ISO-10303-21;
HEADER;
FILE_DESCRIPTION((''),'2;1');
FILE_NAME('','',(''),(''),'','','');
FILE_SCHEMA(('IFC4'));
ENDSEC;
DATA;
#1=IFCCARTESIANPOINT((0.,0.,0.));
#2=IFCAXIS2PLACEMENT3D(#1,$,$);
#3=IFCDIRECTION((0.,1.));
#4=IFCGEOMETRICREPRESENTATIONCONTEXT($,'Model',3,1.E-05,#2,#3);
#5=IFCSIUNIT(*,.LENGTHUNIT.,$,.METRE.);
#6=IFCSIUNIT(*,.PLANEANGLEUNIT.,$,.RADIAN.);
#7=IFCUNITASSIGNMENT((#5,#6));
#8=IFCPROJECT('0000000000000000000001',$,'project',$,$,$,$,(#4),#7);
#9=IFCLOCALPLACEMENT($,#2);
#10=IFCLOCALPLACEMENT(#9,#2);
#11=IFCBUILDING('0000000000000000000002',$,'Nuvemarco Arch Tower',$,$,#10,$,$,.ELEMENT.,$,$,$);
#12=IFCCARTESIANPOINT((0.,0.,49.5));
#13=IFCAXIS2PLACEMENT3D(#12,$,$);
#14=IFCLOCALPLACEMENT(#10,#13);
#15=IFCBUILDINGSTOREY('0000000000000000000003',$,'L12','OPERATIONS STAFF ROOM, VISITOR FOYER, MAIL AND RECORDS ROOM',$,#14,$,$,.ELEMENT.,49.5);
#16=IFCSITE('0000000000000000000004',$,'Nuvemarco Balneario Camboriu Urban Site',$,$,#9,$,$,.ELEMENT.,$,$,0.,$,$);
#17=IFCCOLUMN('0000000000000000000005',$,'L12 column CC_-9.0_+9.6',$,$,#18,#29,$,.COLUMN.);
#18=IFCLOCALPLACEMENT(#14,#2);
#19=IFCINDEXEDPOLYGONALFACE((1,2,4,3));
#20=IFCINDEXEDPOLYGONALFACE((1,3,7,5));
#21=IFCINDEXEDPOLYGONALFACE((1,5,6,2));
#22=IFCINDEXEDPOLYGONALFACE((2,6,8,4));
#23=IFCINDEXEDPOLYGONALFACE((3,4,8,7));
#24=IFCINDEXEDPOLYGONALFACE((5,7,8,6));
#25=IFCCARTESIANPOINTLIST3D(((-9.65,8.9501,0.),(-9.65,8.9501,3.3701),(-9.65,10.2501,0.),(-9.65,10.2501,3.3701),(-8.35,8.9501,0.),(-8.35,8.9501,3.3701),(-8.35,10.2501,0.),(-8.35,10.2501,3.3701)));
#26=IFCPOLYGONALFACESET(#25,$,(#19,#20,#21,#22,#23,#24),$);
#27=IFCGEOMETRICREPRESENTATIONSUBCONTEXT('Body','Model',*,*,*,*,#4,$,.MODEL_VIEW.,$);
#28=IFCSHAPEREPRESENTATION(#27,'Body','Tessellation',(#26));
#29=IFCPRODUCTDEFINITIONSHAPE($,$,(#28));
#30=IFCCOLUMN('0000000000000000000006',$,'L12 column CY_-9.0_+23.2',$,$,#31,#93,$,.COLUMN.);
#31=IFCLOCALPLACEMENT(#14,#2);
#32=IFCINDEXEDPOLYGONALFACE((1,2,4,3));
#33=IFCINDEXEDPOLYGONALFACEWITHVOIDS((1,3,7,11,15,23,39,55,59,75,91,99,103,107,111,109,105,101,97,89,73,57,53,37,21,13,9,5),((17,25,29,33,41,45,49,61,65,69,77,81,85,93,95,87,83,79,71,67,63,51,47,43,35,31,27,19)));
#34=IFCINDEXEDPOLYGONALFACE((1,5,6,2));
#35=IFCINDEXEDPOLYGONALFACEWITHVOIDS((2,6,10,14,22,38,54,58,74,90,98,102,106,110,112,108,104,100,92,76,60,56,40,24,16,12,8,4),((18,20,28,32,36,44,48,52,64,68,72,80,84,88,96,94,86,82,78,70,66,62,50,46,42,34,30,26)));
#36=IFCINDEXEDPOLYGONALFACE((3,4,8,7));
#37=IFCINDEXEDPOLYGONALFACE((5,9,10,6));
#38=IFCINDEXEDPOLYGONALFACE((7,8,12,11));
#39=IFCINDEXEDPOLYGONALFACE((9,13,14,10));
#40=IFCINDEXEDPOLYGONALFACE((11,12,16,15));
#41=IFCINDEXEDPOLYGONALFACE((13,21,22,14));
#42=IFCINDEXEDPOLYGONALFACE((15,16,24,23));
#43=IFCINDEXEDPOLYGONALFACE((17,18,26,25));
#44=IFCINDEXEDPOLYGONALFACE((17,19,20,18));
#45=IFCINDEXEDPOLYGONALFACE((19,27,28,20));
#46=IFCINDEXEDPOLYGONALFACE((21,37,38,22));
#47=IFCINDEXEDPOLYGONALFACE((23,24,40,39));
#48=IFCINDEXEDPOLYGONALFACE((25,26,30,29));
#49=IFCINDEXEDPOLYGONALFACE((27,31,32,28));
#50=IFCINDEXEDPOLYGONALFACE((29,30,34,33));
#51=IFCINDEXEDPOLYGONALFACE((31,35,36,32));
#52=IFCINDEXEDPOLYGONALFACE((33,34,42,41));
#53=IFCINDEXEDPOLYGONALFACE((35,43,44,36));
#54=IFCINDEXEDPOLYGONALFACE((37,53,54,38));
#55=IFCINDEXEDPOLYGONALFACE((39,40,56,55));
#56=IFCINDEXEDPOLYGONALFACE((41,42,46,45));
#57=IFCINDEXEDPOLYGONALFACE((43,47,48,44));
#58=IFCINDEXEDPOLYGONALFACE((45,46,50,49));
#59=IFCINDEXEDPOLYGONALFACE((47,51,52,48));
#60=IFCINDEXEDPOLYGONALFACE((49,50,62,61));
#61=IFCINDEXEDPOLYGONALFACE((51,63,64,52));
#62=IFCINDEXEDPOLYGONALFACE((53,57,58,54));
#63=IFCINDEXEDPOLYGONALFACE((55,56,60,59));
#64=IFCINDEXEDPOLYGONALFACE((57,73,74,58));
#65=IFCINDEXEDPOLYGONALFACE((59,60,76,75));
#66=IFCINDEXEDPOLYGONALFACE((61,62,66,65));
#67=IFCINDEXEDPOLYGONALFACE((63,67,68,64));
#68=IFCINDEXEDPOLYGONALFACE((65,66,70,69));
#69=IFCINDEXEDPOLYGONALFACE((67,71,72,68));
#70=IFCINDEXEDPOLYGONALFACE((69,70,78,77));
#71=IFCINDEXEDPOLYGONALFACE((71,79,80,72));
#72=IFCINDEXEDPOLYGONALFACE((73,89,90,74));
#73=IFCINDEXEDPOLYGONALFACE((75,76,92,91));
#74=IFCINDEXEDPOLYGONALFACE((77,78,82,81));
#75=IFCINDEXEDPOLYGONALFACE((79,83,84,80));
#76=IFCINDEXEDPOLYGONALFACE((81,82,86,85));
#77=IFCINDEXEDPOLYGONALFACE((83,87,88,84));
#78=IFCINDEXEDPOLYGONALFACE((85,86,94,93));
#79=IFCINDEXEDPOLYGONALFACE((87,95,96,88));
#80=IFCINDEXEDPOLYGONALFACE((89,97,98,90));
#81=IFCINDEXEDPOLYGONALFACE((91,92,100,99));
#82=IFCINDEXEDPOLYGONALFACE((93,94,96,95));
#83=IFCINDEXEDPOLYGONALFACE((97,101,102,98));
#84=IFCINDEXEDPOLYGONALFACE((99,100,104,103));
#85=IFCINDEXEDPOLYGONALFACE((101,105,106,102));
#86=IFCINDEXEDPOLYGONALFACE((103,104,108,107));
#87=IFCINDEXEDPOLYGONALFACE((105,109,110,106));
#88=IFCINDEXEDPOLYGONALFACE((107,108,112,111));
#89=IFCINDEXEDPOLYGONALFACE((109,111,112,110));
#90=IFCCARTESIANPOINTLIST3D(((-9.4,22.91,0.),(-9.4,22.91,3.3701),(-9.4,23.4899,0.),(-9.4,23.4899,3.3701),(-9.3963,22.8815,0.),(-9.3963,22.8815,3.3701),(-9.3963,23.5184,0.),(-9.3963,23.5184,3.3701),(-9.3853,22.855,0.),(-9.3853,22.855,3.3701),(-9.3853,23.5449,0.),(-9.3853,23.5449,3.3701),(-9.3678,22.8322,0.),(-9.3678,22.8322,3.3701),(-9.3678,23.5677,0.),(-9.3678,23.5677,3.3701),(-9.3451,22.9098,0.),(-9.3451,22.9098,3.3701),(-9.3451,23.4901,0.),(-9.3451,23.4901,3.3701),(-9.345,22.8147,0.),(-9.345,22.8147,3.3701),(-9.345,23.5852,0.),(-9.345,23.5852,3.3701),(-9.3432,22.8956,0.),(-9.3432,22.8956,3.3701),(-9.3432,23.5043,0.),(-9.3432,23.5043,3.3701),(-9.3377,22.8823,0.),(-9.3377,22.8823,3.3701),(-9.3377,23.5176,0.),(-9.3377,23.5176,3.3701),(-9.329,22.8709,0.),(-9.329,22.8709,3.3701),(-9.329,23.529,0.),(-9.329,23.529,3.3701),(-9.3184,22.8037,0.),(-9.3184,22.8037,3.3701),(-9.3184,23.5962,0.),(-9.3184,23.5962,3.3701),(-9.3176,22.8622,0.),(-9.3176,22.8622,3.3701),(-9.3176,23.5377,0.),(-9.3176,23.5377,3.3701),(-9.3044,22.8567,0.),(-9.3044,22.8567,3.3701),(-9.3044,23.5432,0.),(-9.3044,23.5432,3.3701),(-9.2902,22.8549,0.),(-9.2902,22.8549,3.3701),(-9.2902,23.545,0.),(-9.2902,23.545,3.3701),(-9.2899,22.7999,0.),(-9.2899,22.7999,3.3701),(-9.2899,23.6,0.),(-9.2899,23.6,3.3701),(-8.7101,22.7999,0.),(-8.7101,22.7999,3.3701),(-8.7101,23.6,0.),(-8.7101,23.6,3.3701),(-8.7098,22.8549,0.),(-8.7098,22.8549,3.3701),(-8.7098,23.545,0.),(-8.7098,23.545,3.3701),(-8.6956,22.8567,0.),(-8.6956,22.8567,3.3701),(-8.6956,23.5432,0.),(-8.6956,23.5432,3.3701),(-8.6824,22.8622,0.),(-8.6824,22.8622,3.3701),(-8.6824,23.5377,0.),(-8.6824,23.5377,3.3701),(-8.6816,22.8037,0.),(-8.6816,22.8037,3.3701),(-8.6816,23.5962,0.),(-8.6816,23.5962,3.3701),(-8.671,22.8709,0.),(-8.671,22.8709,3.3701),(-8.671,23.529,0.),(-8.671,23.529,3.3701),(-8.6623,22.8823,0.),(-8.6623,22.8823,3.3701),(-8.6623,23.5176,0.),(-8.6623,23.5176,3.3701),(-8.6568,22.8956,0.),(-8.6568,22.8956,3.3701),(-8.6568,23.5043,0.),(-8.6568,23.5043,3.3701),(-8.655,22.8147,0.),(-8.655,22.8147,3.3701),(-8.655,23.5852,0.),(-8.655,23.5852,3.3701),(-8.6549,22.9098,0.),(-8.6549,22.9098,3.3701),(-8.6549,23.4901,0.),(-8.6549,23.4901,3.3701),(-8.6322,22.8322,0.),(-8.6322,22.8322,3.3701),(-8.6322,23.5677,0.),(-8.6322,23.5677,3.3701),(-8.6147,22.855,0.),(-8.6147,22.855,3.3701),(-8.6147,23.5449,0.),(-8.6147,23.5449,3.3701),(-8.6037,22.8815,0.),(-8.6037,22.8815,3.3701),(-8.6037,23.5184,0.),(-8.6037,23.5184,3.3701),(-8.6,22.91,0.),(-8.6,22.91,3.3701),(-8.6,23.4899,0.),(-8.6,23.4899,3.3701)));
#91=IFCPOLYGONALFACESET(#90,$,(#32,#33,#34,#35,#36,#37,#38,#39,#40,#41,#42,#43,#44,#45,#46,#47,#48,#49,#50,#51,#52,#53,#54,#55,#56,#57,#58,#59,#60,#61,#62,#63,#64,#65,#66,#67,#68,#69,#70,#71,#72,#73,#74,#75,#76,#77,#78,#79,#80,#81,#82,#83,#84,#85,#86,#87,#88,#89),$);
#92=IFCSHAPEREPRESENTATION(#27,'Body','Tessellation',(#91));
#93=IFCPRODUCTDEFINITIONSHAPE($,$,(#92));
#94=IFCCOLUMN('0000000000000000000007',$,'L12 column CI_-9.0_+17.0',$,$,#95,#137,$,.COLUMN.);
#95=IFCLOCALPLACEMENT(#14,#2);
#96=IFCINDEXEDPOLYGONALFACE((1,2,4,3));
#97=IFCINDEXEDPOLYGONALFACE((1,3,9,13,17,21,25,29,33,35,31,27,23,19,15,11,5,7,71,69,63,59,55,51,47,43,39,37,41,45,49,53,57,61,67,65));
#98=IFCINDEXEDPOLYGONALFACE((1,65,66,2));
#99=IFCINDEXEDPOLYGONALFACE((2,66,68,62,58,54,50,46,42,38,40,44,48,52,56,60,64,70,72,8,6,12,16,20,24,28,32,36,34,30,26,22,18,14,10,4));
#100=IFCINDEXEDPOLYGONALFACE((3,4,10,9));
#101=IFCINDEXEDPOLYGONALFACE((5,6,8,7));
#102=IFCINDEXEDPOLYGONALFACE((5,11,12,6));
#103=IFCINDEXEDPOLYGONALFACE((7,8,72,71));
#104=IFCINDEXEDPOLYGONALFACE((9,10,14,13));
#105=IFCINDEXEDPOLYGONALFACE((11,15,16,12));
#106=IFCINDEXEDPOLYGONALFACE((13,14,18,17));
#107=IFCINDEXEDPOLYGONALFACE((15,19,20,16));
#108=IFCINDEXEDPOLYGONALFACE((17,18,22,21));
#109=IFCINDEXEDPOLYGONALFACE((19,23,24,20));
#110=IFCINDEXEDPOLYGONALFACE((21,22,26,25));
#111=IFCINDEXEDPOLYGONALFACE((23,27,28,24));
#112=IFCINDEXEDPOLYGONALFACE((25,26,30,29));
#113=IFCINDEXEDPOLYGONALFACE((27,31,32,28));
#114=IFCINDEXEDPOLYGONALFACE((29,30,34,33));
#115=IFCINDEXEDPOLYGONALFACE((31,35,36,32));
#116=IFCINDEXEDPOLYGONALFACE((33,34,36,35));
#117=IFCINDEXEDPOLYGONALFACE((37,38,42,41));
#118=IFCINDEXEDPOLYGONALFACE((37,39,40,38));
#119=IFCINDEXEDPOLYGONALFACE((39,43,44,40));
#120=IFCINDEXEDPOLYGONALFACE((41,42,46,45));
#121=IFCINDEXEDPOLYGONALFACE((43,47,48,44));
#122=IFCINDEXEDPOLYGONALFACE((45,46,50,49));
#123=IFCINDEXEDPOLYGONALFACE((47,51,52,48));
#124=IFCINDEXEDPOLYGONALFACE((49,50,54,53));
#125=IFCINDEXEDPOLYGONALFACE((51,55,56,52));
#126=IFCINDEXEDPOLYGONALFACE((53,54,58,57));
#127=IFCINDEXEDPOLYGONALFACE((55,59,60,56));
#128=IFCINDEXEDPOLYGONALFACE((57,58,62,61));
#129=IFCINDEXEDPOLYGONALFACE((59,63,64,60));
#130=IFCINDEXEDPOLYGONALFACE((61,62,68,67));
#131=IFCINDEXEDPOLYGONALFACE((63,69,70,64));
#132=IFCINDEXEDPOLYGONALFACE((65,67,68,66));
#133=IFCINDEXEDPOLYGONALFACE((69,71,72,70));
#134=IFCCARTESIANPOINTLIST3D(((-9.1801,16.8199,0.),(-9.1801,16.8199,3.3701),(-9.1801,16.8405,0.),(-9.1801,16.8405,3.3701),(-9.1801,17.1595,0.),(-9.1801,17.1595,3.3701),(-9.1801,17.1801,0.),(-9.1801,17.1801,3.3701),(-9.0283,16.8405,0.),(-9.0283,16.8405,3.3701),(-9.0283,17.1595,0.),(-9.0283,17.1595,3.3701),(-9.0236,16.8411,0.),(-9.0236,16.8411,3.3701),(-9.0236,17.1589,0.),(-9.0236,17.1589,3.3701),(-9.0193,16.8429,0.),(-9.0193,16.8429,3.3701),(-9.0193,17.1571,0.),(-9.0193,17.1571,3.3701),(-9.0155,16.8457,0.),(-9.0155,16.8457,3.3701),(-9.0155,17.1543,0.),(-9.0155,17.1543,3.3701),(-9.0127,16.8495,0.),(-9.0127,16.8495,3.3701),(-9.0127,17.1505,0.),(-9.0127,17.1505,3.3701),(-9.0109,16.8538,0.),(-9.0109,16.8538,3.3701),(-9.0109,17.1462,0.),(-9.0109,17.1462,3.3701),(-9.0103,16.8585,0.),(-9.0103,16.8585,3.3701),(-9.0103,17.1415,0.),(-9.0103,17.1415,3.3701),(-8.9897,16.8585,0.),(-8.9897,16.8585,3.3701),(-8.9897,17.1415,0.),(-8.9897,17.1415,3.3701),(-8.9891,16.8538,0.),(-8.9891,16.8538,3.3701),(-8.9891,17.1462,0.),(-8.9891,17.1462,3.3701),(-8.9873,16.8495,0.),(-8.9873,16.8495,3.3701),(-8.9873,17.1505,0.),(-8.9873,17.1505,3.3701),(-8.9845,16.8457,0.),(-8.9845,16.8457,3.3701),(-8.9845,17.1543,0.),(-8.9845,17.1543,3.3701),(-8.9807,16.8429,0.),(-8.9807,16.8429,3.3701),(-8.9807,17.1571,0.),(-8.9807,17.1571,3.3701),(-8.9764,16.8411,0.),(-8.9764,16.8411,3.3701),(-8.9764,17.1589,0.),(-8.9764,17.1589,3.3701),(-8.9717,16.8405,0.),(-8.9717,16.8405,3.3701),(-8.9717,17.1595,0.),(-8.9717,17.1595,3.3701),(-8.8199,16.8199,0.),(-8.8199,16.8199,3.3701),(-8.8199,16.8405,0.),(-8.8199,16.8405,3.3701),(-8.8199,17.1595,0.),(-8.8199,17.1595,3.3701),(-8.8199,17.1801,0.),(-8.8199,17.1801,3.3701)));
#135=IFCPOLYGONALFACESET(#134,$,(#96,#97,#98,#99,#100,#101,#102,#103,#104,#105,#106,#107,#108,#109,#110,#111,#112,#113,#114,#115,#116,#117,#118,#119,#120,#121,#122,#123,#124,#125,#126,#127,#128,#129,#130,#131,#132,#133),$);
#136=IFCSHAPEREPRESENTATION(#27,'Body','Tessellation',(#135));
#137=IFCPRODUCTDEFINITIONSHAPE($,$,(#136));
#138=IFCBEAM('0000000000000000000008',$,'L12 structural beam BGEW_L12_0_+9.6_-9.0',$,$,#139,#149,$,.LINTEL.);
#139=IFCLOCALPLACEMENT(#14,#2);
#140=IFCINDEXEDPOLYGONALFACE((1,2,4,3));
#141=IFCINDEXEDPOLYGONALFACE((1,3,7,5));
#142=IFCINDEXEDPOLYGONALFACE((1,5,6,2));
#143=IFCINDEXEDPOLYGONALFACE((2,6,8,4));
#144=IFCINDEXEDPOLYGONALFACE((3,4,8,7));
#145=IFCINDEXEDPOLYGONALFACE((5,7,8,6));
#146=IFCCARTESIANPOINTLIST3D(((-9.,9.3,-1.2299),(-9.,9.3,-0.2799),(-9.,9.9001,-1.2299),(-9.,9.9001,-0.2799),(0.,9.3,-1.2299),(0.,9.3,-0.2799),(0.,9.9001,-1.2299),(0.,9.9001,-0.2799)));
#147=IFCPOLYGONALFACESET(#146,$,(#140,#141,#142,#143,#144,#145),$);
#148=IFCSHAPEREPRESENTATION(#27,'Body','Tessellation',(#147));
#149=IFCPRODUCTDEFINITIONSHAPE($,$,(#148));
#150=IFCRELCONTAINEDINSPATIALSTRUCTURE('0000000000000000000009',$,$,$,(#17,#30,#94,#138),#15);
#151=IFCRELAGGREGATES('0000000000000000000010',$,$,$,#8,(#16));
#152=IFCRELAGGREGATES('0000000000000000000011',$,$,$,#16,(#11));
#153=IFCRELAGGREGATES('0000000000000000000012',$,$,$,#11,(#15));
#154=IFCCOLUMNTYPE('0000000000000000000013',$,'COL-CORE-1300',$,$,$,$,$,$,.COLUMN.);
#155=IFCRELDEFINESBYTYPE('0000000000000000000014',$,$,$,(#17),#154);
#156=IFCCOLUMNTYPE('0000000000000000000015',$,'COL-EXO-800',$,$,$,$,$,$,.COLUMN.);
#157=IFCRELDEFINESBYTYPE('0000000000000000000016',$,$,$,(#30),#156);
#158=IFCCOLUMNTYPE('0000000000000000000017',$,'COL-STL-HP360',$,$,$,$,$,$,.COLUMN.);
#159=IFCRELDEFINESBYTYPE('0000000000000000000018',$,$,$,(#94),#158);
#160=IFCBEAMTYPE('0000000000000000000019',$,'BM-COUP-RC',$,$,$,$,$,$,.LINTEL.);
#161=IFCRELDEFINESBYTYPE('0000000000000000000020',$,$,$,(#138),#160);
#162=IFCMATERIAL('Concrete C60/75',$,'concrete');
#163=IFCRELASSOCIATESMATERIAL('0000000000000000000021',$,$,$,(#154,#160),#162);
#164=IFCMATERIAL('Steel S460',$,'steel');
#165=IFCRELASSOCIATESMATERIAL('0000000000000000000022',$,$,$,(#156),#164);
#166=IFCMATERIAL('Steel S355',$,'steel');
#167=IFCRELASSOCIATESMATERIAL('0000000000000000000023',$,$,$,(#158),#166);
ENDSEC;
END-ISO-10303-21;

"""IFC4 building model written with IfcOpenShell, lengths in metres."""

from ifc_helpers import new_model, si_unit, direction, frame, origin, origin_2d, place, context, subcontext, project, spatial, rectangle, hollow_rectangle, i_section, extrude, material, material_profile, profile_set, type_object, element, save


model = new_model("IFC4")

# Units and contexts
model_context = context("Model", 3, precision=1e-05, world=origin(), true_north=direction((0.0, 1.0)))
body_context = subcontext(model_context, "Body", "Model", "MODEL_VIEW")
ifc_project = project(units=[si_unit("LENGTHUNIT", "METRE"), si_unit("PLANEANGLEUNIT", "RADIAN")], contexts=[model_context])

# Site, building, storey
site_placement = place(None, origin())
site = spatial("IfcSite", under=ifc_project, at=site_placement, Name="Nuvemarco Balneario Camboriu Urban Site", CompositionType="ELEMENT", RefElevation=0.0)
building_placement = place(site_placement, origin())
building = spatial("IfcBuilding", under=site, at=building_placement, Name="Nuvemarco Arch Tower", CompositionType="ELEMENT")
storey_placement = place(building_placement, frame((0.0, 0.0, 49.5)))
storey = spatial("IfcBuildingStorey", under=building, at=storey_placement, Name="L12", Description="OPERATIONS STAFF ROOM, VISITOR FOYER, MAIL AND RECORDS ROOM", CompositionType="ELEMENT", Elevation=49.5)

# Columns
ifc_material_1 = material(Name="Concrete C60/75", Category="concrete")
ifc_material_profile_1 = material_profile(ifc_material_1, rectangle(XDim=1.3, YDim=1.3, at=origin_2d()), Name="RC-COL-1300x1300")
ifc_profile_set_1 = profile_set([ifc_material_profile_1], Name="Concrete C60/75")
column_type_1 = type_object("IfcColumnType", Name="COL-CORE-1300", PredefinedType="COLUMN", material=ifc_profile_set_1)
column_1_placement = place(storey_placement, frame((-9.0, 9.6001, 0.0), z_axis=(0.0, 0.0, 1.0), x_axis=(1.0, 0.0, 0.0)))
element("IfcColumn", 1, at=column_1_placement, inside=storey, type_object=column_type_1, Name="L12 column CC_-9.0_+9.6", PredefinedType="COLUMN", context=body_context, shape_type="SweptSolid", body=[
    extrude(rectangle(XDim=1.3, YDim=1.3, at=origin_2d()), origin(), (0.0, 0.0, 1.0), 3.3701),
])
ifc_material_2 = material(Name="Steel S460", Category="steel")
ifc_material_profile_2 = material_profile(ifc_material_2, hollow_rectangle(XDim=0.8, YDim=0.8, WallThickness=0.0549, InnerFilletRadius=0.0549, OuterFilletRadius=0.1101, at=origin_2d()), Name="SHS800x800x55")
ifc_profile_set_2 = profile_set([ifc_material_profile_2], Name="Steel S460")
column_type_2 = type_object("IfcColumnType", Name="COL-EXO-800", PredefinedType="COLUMN", material=ifc_profile_set_2)
column_2_placement = place(storey_placement, frame((-9.0, 23.2, 0.0), z_axis=(0.0, 0.0, 1.0), x_axis=(1.0, 0.0, 0.0)))
element("IfcColumn", 2, at=column_2_placement, inside=storey, type_object=column_type_2, Name="L12 column CY_-9.0_+23.2", PredefinedType="COLUMN", context=body_context, shape_type="SweptSolid", body=[
    extrude(hollow_rectangle(XDim=0.8, YDim=0.8, WallThickness=0.0549, InnerFilletRadius=0.0549, OuterFilletRadius=0.1101, at=origin_2d()), origin(), (0.0, 0.0, 1.0), 3.3701),
])
ifc_material_3 = material(Name="Steel S355", Category="steel")
ifc_material_profile_3 = material_profile(ifc_material_3, i_section(OverallWidth=0.3601, OverallDepth=0.3601, WebThickness=0.0205, FlangeThickness=0.0205, FilletRadius=0.0181, at=origin_2d()), Name="HP360x174")
ifc_profile_set_3 = profile_set([ifc_material_profile_3], Name="Steel S355")
column_type_3 = type_object("IfcColumnType", Name="COL-STL-HP360", PredefinedType="COLUMN", material=ifc_profile_set_3)
column_3_placement = place(storey_placement, frame((-9.0, 17.0, 0.0), z_axis=(0.0, 0.0, 1.0), x_axis=(1.0, 0.0, 0.0)))
element("IfcColumn", 3, at=column_3_placement, inside=storey, type_object=column_type_3, Name="L12 column CI_-9.0_+17.0", PredefinedType="COLUMN", context=body_context, shape_type="SweptSolid", body=[
    extrude(i_section(OverallWidth=0.3601, OverallDepth=0.3601, WebThickness=0.0205, FlangeThickness=0.0205, FilletRadius=0.0181, at=origin_2d()), origin(), (0.0, 0.0, 1.0), 3.3701),
])

# Beam
ifc_material_profile_4 = material_profile(ifc_material_1, rectangle(XDim=0.6001, YDim=0.95, at=origin_2d()), Name="RC-BM-600x950")
ifc_profile_set_4 = profile_set([ifc_material_profile_4], Name="Concrete C60/75")
beam_type_1 = type_object("IfcBeamType", Name="BM-COUP-RC", PredefinedType="LINTEL", material=ifc_profile_set_4)
beam_1_placement = place(storey_placement, frame((-9.0, 9.6001, -0.7549), z_axis=(1.0, 0.0, 0.0), x_axis=(0.0, 1.0, 0.0)))
element("IfcBeam", 4, at=beam_1_placement, inside=storey, type_object=beam_type_1, Name="L12 structural beam BGEW_L12_0_+9.6_-9.0", PredefinedType="LINTEL", context=body_context, shape_type="SweptSolid", body=[
    extrude(rectangle(XDim=0.6001, YDim=0.95, at=origin_2d()), origin(), (0.0, 0.0, 1.0), 9.0),
])

save(model, "model.ifc")
